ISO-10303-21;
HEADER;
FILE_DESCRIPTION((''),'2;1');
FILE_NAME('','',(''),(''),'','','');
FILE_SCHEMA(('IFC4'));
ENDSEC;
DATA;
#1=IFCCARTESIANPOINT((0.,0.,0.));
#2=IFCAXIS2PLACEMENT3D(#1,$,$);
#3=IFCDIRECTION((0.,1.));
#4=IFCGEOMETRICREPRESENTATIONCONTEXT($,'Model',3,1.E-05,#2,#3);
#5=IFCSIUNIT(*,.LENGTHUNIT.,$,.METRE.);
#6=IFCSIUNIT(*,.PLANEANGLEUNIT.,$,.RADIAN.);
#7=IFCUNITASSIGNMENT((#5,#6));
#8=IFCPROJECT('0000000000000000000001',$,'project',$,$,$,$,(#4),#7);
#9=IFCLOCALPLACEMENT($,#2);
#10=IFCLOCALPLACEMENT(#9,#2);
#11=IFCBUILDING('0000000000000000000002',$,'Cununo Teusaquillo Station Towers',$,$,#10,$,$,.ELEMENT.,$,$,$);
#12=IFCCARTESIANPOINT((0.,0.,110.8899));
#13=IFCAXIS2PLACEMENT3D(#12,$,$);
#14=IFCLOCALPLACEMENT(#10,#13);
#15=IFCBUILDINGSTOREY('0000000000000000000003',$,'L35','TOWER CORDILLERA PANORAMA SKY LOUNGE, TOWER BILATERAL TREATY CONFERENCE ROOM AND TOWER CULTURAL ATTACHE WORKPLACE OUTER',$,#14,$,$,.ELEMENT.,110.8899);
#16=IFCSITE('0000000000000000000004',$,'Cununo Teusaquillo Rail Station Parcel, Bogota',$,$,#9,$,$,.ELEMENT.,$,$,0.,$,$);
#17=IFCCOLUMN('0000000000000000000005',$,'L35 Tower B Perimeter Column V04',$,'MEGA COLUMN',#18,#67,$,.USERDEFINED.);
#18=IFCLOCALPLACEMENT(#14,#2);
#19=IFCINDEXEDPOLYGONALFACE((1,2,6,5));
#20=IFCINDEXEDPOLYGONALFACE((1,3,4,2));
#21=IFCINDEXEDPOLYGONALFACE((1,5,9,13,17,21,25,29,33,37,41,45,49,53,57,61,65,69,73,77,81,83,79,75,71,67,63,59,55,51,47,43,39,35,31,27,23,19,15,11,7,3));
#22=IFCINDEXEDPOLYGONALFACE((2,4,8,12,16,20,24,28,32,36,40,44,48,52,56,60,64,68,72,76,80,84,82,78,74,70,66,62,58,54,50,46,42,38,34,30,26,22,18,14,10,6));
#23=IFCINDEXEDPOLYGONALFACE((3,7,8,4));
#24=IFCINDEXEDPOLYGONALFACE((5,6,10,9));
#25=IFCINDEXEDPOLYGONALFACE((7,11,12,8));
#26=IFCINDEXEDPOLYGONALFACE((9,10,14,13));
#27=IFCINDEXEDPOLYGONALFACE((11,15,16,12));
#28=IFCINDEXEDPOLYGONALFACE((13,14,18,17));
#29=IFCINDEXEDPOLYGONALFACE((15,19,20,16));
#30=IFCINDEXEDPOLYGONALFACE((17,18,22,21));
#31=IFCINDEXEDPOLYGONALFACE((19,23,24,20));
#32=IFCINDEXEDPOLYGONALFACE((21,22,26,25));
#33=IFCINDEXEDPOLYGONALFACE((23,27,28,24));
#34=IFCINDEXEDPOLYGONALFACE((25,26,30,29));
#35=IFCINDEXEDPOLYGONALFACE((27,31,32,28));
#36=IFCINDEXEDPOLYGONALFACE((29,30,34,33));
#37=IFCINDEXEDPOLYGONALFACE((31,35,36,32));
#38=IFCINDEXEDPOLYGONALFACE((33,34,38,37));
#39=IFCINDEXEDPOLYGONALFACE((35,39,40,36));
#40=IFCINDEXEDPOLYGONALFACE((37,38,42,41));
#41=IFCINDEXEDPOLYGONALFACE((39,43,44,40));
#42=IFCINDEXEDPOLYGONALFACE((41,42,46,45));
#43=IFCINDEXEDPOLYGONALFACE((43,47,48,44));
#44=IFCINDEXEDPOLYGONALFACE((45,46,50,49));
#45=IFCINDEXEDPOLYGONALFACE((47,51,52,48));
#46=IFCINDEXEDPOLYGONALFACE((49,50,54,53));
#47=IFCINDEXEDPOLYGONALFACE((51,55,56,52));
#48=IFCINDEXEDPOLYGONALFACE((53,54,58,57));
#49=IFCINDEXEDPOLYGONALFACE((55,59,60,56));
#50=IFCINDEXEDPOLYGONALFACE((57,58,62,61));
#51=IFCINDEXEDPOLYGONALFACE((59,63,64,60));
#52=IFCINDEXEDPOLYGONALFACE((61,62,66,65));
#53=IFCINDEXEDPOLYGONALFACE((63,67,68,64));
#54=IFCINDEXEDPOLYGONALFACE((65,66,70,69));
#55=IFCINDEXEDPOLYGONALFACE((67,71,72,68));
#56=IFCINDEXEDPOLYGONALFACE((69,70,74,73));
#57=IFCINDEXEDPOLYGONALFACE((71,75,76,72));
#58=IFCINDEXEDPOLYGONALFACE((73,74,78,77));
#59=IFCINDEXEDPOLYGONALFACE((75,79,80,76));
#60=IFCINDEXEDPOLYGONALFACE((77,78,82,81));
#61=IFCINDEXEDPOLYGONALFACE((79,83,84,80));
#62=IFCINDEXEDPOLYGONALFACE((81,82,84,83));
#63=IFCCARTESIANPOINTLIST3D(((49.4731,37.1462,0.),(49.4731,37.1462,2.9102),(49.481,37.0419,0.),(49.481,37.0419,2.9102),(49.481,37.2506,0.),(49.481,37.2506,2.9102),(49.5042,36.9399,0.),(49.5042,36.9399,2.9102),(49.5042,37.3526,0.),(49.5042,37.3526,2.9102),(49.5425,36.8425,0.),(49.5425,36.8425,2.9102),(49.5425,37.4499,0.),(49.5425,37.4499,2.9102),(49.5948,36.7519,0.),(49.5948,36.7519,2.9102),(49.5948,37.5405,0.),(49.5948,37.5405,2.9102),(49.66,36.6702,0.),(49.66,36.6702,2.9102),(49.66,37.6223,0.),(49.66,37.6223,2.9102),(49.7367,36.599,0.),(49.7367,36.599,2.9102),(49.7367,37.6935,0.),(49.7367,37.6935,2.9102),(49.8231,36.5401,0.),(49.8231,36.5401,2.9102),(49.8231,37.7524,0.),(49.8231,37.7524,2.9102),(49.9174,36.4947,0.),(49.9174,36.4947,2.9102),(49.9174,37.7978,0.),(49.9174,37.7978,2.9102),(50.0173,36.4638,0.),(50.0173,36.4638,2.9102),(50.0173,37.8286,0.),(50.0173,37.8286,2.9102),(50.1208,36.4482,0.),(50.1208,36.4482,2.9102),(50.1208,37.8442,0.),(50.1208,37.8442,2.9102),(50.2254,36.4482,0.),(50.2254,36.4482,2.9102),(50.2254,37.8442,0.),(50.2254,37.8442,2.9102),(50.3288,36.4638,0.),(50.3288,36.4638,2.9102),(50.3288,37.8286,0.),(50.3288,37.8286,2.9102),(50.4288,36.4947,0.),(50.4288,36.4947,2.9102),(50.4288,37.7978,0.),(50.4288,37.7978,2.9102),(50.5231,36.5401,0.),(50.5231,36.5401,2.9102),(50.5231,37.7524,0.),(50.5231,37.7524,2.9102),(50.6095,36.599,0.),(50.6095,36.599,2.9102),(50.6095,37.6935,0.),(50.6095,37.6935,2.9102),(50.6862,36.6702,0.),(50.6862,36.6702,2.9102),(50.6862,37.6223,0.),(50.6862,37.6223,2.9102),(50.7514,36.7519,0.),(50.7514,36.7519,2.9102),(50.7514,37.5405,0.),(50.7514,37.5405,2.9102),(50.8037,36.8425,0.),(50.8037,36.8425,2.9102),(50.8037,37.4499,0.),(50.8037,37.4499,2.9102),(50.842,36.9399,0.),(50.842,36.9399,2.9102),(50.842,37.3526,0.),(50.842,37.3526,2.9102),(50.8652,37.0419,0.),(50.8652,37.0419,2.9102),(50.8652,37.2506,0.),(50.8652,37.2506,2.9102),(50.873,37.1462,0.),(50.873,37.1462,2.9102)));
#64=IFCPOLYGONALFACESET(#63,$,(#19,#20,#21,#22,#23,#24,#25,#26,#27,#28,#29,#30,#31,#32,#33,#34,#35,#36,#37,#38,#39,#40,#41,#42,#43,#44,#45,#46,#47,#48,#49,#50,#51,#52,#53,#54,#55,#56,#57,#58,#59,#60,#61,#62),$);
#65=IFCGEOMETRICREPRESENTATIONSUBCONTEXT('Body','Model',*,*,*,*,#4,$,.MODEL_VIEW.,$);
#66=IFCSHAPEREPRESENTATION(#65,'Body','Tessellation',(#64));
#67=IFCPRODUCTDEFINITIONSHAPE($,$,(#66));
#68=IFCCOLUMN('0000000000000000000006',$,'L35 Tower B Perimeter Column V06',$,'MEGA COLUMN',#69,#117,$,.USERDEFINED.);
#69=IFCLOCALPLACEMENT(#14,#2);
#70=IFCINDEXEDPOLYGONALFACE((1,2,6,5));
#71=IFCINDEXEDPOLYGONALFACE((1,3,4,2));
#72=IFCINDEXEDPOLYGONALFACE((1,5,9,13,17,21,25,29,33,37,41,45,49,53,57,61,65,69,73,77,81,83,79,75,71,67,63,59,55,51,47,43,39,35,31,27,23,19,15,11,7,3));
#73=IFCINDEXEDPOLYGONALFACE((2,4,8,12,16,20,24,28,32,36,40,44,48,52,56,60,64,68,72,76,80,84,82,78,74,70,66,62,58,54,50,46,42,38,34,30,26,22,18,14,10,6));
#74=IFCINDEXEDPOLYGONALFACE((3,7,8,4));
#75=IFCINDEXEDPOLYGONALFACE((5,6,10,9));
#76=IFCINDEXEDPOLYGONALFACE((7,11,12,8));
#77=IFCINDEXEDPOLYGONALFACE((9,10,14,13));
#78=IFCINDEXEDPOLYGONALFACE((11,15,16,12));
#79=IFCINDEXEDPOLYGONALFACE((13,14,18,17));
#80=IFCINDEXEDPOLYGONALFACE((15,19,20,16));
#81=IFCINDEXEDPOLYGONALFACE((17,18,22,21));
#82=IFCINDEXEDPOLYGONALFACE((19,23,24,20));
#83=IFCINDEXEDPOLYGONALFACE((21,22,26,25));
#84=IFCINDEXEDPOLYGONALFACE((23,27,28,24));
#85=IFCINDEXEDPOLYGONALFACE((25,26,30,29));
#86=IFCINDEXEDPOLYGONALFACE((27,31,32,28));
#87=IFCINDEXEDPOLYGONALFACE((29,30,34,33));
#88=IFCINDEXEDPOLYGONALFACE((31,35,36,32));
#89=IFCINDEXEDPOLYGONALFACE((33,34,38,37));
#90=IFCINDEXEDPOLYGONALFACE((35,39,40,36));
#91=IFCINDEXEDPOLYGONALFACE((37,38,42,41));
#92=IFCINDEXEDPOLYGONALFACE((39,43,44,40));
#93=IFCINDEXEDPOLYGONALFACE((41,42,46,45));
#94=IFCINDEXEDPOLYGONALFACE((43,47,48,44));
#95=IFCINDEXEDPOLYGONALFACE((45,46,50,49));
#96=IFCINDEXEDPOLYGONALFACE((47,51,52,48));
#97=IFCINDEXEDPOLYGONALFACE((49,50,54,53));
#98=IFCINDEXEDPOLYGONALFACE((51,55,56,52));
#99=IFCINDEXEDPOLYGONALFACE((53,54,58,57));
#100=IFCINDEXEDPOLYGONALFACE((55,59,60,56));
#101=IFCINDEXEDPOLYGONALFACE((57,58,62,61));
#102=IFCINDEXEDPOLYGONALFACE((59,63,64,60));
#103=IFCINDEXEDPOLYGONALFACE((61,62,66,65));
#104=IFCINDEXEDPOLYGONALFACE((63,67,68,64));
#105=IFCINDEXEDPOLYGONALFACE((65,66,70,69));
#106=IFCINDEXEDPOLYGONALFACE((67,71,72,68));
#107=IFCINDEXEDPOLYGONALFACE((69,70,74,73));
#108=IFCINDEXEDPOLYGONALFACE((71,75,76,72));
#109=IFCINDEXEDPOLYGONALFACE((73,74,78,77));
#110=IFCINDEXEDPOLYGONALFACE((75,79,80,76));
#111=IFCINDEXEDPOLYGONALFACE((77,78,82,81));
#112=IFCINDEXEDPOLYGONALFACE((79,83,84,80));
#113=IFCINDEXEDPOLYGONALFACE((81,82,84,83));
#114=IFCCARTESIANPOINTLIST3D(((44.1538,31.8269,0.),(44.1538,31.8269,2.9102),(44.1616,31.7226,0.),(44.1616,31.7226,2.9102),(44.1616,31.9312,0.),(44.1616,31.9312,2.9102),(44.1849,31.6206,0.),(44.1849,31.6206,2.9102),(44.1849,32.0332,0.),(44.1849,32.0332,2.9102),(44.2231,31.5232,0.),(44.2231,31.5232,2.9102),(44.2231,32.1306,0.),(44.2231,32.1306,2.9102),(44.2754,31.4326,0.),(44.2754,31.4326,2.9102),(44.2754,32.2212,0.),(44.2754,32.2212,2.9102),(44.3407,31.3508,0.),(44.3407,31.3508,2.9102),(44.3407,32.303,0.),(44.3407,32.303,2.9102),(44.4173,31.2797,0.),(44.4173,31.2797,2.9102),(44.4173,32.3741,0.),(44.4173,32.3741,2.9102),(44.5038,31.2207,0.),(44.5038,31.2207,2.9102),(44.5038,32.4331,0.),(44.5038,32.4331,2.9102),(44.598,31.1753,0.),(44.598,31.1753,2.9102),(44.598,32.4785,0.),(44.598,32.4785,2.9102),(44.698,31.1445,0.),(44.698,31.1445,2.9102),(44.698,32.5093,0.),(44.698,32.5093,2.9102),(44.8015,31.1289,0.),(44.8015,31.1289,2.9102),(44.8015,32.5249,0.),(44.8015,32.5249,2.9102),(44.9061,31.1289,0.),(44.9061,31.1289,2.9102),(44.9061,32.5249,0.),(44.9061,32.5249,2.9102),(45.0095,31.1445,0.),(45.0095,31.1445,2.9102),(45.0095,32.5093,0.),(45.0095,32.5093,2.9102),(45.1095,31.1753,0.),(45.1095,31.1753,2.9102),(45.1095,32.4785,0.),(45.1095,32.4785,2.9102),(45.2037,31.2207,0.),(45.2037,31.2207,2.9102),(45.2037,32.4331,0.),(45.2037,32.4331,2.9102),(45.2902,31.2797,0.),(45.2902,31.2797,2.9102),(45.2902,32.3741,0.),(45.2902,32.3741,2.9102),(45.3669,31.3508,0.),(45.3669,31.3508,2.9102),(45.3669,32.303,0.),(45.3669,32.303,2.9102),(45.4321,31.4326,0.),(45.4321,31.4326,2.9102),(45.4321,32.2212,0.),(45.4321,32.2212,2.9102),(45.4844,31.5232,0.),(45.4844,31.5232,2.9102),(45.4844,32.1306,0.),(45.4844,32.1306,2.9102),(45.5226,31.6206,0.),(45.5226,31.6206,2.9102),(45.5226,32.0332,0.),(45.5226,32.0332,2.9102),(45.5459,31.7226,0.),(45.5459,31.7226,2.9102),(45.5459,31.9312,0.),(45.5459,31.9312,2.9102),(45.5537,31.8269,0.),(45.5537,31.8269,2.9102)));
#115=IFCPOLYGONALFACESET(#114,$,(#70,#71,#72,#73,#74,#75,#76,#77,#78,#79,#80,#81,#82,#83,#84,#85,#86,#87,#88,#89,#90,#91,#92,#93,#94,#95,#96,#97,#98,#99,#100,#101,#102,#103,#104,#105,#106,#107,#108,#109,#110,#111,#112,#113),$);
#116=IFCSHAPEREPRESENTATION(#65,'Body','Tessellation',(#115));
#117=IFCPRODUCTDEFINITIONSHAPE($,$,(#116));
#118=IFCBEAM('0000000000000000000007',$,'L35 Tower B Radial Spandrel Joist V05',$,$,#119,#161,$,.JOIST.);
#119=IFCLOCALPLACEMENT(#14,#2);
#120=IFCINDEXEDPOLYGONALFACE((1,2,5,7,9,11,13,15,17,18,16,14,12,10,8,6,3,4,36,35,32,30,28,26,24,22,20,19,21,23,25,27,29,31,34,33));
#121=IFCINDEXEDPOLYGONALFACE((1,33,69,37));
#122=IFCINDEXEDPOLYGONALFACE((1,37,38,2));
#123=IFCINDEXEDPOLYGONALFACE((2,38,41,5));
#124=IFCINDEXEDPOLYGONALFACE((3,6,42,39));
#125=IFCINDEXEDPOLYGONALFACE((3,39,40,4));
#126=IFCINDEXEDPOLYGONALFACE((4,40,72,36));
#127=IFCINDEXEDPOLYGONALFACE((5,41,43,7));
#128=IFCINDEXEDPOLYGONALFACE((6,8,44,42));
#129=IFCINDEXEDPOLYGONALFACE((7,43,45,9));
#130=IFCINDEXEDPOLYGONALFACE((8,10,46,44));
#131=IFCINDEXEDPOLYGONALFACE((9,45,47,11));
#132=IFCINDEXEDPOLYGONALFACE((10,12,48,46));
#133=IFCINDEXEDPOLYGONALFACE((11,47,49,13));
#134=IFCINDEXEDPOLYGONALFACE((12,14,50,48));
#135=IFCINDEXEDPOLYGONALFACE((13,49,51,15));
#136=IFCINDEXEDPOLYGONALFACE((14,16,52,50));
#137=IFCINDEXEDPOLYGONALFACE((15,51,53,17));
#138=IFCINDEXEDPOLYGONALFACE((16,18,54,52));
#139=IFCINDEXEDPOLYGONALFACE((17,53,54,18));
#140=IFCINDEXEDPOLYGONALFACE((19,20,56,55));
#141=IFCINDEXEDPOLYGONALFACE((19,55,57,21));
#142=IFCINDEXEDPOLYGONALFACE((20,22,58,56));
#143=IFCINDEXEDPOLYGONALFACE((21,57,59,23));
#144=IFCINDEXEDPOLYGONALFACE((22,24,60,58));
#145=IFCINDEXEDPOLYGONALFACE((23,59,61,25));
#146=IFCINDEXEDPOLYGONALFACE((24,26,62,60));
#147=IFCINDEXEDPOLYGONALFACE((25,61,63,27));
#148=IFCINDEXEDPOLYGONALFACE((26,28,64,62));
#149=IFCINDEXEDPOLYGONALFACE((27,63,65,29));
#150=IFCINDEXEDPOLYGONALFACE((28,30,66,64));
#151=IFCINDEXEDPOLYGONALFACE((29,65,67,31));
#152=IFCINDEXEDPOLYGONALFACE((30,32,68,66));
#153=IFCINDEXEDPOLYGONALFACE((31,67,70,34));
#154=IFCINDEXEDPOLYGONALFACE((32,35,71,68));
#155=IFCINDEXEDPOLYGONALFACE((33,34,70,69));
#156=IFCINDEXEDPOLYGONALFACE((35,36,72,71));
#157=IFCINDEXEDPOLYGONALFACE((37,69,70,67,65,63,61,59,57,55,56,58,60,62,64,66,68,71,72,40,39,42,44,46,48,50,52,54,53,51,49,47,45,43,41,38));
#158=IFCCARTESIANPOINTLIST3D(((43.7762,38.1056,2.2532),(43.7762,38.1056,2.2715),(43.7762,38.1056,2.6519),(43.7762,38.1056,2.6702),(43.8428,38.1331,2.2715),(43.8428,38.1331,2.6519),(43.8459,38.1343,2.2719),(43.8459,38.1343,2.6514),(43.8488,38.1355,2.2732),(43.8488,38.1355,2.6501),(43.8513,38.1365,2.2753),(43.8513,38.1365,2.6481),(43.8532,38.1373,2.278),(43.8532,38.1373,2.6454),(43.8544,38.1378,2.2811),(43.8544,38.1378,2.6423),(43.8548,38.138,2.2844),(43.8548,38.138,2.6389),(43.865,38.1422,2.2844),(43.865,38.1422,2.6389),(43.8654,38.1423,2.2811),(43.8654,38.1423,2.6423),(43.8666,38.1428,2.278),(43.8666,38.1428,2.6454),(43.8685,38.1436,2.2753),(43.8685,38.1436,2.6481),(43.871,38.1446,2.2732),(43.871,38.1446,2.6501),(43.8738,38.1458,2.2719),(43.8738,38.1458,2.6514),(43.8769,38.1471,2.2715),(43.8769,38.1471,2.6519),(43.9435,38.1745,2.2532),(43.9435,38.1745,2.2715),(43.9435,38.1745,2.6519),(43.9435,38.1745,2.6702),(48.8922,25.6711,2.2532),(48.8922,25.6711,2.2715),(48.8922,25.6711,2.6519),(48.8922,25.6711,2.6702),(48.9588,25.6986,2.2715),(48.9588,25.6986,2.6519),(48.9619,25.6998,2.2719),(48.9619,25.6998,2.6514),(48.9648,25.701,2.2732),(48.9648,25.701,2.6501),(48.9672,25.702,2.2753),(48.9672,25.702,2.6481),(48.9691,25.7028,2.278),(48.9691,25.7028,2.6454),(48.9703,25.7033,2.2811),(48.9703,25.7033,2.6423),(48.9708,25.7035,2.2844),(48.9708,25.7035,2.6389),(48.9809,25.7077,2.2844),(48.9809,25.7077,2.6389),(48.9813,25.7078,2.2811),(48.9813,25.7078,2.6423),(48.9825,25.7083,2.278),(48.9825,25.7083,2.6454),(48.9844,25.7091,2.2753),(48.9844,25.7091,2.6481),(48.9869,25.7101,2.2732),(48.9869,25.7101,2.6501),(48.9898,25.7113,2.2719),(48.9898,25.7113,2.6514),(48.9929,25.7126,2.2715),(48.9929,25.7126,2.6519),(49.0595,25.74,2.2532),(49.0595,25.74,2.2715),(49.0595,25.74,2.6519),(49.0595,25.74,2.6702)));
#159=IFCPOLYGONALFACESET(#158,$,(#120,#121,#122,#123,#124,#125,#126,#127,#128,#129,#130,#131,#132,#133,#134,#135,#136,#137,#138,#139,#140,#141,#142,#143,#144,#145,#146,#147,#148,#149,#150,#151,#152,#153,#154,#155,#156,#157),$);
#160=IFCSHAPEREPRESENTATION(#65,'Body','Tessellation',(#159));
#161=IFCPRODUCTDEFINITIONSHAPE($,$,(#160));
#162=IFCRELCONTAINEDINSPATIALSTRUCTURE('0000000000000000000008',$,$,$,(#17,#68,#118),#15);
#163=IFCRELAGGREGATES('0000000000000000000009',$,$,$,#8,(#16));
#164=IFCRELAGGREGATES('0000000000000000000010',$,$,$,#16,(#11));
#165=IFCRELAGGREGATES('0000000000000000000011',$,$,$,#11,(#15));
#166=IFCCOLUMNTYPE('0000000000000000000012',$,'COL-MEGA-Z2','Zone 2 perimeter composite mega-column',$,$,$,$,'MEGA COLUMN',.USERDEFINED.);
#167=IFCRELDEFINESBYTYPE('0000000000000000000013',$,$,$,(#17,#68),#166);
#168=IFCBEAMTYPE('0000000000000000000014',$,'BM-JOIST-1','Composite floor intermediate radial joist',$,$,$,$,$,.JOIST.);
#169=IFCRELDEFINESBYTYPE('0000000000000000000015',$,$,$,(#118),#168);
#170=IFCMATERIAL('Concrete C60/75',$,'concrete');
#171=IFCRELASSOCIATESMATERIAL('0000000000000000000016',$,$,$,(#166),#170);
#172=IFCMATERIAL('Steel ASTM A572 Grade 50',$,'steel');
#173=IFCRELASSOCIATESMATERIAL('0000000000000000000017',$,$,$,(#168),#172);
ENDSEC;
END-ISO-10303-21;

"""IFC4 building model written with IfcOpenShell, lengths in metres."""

from ifc_helpers import new_model, si_unit, direction, frame, origin, origin_2d, place, context, subcontext, project, spatial, circle, i_section, extrude, material, material_profile, profile_set, type_object, element, save


model = new_model("IFC4")

# Units and contexts
model_context = context("Model", 3, precision=1e-05, world=origin(), true_north=direction((0.0, 1.0)))
body_context = subcontext(model_context, "Body", "Model", "MODEL_VIEW")
ifc_project = project(units=[si_unit("LENGTHUNIT", "METRE"), si_unit("PLANEANGLEUNIT", "RADIAN")], contexts=[model_context])

# Site, building, storey
site_placement = place(None, origin())
site = spatial("IfcSite", under=ifc_project, at=site_placement, Name="Cununo Teusaquillo Rail Station Parcel, Bogota", CompositionType="ELEMENT", RefElevation=0.0)
building_placement = place(site_placement, origin())
building = spatial("IfcBuilding", under=site, at=building_placement, Name="Cununo Teusaquillo Station Towers", CompositionType="ELEMENT")
storey_placement = place(building_placement, frame((0.0, 0.0, 110.8899)))
storey = spatial("IfcBuildingStorey", under=building, at=storey_placement, Name="L35", Description="TOWER CORDILLERA PANORAMA SKY LOUNGE, TOWER BILATERAL TREATY CONFERENCE ROOM AND TOWER CULTURAL ATTACHE WORKPLACE OUTER", CompositionType="ELEMENT", Elevation=110.8899)

# Columns
ifc_material_1 = material(Name="Concrete C60/75", Category="concrete")
ifc_material_profile_1 = material_profile(ifc_material_1, circle(Radius=0.7, at=origin_2d()), Name="RC-CIRC-1400")
ifc_profile_set_1 = profile_set([ifc_material_profile_1], Name="Concrete C60/75")
column_type = type_object("IfcColumnType", Name="COL-MEGA-Z2", Description="Zone 2 perimeter composite mega-column", ElementType="MEGA COLUMN", PredefinedType="USERDEFINED", material=ifc_profile_set_1)
for number, where, z_axis, x_axis, name in (
    (1, (50.1731, 37.1462, 0.0), (0.0, 0.0, 1.0), (1.0, 0.0, 0.0), "L35 Tower B Perimeter Column V04"),
    (2, (44.8538, 31.8269, 0.0), (0.0, 0.0, 1.0), (1.0, 0.0, 0.0), "L35 Tower B Perimeter Column V06"),
):
    element("IfcColumn", number, at=place(storey_placement, frame(where, z_axis=z_axis, x_axis=x_axis)), inside=storey, type_object=column_type, Name=name, ObjectType="MEGA COLUMN", PredefinedType="USERDEFINED", context=body_context, shape_type="SweptSolid", body=[
        extrude(circle(Radius=0.7, at=origin_2d()), origin(), (0.0, 0.0, 1.0), 2.9102),
    ])

# Beam
ifc_material_2 = material(Name="Steel ASTM A572 Grade 50", Category="steel")
ifc_material_profile_2 = material_profile(ifc_material_2, i_section(OverallWidth=0.1809, OverallDepth=0.417, WebThickness=0.011, FlangeThickness=0.0183, FilletRadius=0.0129, at=origin_2d()), Name="W16X57")
ifc_profile_set_2 = profile_set([ifc_material_profile_2], Name="Steel ASTM A572 Grade 50")
beam_type_1 = type_object("IfcBeamType", Name="BM-JOIST-1", Description="Composite floor intermediate radial joist", PredefinedType="JOIST", material=ifc_profile_set_2)
beam_1_placement = place(storey_placement, frame((48.9758, 25.7056, 2.4617), z_axis=(-0.380486, 0.924787, 0.0), x_axis=(-0.924787, -0.380486, 0.0)))
element("IfcBeam", 3, at=beam_1_placement, inside=storey, type_object=beam_type_1, Name="L35 Tower B Radial Spandrel Joist V05", PredefinedType="JOIST", context=body_context, shape_type="SweptSolid", body=[
    extrude(i_section(OverallWidth=0.1809, OverallDepth=0.417, WebThickness=0.011, FlangeThickness=0.0183, FilletRadius=0.0129, at=origin_2d()), origin(), (0.0, 0.0, 1.0), 13.4458),
])

save(model, "model.ifc")
